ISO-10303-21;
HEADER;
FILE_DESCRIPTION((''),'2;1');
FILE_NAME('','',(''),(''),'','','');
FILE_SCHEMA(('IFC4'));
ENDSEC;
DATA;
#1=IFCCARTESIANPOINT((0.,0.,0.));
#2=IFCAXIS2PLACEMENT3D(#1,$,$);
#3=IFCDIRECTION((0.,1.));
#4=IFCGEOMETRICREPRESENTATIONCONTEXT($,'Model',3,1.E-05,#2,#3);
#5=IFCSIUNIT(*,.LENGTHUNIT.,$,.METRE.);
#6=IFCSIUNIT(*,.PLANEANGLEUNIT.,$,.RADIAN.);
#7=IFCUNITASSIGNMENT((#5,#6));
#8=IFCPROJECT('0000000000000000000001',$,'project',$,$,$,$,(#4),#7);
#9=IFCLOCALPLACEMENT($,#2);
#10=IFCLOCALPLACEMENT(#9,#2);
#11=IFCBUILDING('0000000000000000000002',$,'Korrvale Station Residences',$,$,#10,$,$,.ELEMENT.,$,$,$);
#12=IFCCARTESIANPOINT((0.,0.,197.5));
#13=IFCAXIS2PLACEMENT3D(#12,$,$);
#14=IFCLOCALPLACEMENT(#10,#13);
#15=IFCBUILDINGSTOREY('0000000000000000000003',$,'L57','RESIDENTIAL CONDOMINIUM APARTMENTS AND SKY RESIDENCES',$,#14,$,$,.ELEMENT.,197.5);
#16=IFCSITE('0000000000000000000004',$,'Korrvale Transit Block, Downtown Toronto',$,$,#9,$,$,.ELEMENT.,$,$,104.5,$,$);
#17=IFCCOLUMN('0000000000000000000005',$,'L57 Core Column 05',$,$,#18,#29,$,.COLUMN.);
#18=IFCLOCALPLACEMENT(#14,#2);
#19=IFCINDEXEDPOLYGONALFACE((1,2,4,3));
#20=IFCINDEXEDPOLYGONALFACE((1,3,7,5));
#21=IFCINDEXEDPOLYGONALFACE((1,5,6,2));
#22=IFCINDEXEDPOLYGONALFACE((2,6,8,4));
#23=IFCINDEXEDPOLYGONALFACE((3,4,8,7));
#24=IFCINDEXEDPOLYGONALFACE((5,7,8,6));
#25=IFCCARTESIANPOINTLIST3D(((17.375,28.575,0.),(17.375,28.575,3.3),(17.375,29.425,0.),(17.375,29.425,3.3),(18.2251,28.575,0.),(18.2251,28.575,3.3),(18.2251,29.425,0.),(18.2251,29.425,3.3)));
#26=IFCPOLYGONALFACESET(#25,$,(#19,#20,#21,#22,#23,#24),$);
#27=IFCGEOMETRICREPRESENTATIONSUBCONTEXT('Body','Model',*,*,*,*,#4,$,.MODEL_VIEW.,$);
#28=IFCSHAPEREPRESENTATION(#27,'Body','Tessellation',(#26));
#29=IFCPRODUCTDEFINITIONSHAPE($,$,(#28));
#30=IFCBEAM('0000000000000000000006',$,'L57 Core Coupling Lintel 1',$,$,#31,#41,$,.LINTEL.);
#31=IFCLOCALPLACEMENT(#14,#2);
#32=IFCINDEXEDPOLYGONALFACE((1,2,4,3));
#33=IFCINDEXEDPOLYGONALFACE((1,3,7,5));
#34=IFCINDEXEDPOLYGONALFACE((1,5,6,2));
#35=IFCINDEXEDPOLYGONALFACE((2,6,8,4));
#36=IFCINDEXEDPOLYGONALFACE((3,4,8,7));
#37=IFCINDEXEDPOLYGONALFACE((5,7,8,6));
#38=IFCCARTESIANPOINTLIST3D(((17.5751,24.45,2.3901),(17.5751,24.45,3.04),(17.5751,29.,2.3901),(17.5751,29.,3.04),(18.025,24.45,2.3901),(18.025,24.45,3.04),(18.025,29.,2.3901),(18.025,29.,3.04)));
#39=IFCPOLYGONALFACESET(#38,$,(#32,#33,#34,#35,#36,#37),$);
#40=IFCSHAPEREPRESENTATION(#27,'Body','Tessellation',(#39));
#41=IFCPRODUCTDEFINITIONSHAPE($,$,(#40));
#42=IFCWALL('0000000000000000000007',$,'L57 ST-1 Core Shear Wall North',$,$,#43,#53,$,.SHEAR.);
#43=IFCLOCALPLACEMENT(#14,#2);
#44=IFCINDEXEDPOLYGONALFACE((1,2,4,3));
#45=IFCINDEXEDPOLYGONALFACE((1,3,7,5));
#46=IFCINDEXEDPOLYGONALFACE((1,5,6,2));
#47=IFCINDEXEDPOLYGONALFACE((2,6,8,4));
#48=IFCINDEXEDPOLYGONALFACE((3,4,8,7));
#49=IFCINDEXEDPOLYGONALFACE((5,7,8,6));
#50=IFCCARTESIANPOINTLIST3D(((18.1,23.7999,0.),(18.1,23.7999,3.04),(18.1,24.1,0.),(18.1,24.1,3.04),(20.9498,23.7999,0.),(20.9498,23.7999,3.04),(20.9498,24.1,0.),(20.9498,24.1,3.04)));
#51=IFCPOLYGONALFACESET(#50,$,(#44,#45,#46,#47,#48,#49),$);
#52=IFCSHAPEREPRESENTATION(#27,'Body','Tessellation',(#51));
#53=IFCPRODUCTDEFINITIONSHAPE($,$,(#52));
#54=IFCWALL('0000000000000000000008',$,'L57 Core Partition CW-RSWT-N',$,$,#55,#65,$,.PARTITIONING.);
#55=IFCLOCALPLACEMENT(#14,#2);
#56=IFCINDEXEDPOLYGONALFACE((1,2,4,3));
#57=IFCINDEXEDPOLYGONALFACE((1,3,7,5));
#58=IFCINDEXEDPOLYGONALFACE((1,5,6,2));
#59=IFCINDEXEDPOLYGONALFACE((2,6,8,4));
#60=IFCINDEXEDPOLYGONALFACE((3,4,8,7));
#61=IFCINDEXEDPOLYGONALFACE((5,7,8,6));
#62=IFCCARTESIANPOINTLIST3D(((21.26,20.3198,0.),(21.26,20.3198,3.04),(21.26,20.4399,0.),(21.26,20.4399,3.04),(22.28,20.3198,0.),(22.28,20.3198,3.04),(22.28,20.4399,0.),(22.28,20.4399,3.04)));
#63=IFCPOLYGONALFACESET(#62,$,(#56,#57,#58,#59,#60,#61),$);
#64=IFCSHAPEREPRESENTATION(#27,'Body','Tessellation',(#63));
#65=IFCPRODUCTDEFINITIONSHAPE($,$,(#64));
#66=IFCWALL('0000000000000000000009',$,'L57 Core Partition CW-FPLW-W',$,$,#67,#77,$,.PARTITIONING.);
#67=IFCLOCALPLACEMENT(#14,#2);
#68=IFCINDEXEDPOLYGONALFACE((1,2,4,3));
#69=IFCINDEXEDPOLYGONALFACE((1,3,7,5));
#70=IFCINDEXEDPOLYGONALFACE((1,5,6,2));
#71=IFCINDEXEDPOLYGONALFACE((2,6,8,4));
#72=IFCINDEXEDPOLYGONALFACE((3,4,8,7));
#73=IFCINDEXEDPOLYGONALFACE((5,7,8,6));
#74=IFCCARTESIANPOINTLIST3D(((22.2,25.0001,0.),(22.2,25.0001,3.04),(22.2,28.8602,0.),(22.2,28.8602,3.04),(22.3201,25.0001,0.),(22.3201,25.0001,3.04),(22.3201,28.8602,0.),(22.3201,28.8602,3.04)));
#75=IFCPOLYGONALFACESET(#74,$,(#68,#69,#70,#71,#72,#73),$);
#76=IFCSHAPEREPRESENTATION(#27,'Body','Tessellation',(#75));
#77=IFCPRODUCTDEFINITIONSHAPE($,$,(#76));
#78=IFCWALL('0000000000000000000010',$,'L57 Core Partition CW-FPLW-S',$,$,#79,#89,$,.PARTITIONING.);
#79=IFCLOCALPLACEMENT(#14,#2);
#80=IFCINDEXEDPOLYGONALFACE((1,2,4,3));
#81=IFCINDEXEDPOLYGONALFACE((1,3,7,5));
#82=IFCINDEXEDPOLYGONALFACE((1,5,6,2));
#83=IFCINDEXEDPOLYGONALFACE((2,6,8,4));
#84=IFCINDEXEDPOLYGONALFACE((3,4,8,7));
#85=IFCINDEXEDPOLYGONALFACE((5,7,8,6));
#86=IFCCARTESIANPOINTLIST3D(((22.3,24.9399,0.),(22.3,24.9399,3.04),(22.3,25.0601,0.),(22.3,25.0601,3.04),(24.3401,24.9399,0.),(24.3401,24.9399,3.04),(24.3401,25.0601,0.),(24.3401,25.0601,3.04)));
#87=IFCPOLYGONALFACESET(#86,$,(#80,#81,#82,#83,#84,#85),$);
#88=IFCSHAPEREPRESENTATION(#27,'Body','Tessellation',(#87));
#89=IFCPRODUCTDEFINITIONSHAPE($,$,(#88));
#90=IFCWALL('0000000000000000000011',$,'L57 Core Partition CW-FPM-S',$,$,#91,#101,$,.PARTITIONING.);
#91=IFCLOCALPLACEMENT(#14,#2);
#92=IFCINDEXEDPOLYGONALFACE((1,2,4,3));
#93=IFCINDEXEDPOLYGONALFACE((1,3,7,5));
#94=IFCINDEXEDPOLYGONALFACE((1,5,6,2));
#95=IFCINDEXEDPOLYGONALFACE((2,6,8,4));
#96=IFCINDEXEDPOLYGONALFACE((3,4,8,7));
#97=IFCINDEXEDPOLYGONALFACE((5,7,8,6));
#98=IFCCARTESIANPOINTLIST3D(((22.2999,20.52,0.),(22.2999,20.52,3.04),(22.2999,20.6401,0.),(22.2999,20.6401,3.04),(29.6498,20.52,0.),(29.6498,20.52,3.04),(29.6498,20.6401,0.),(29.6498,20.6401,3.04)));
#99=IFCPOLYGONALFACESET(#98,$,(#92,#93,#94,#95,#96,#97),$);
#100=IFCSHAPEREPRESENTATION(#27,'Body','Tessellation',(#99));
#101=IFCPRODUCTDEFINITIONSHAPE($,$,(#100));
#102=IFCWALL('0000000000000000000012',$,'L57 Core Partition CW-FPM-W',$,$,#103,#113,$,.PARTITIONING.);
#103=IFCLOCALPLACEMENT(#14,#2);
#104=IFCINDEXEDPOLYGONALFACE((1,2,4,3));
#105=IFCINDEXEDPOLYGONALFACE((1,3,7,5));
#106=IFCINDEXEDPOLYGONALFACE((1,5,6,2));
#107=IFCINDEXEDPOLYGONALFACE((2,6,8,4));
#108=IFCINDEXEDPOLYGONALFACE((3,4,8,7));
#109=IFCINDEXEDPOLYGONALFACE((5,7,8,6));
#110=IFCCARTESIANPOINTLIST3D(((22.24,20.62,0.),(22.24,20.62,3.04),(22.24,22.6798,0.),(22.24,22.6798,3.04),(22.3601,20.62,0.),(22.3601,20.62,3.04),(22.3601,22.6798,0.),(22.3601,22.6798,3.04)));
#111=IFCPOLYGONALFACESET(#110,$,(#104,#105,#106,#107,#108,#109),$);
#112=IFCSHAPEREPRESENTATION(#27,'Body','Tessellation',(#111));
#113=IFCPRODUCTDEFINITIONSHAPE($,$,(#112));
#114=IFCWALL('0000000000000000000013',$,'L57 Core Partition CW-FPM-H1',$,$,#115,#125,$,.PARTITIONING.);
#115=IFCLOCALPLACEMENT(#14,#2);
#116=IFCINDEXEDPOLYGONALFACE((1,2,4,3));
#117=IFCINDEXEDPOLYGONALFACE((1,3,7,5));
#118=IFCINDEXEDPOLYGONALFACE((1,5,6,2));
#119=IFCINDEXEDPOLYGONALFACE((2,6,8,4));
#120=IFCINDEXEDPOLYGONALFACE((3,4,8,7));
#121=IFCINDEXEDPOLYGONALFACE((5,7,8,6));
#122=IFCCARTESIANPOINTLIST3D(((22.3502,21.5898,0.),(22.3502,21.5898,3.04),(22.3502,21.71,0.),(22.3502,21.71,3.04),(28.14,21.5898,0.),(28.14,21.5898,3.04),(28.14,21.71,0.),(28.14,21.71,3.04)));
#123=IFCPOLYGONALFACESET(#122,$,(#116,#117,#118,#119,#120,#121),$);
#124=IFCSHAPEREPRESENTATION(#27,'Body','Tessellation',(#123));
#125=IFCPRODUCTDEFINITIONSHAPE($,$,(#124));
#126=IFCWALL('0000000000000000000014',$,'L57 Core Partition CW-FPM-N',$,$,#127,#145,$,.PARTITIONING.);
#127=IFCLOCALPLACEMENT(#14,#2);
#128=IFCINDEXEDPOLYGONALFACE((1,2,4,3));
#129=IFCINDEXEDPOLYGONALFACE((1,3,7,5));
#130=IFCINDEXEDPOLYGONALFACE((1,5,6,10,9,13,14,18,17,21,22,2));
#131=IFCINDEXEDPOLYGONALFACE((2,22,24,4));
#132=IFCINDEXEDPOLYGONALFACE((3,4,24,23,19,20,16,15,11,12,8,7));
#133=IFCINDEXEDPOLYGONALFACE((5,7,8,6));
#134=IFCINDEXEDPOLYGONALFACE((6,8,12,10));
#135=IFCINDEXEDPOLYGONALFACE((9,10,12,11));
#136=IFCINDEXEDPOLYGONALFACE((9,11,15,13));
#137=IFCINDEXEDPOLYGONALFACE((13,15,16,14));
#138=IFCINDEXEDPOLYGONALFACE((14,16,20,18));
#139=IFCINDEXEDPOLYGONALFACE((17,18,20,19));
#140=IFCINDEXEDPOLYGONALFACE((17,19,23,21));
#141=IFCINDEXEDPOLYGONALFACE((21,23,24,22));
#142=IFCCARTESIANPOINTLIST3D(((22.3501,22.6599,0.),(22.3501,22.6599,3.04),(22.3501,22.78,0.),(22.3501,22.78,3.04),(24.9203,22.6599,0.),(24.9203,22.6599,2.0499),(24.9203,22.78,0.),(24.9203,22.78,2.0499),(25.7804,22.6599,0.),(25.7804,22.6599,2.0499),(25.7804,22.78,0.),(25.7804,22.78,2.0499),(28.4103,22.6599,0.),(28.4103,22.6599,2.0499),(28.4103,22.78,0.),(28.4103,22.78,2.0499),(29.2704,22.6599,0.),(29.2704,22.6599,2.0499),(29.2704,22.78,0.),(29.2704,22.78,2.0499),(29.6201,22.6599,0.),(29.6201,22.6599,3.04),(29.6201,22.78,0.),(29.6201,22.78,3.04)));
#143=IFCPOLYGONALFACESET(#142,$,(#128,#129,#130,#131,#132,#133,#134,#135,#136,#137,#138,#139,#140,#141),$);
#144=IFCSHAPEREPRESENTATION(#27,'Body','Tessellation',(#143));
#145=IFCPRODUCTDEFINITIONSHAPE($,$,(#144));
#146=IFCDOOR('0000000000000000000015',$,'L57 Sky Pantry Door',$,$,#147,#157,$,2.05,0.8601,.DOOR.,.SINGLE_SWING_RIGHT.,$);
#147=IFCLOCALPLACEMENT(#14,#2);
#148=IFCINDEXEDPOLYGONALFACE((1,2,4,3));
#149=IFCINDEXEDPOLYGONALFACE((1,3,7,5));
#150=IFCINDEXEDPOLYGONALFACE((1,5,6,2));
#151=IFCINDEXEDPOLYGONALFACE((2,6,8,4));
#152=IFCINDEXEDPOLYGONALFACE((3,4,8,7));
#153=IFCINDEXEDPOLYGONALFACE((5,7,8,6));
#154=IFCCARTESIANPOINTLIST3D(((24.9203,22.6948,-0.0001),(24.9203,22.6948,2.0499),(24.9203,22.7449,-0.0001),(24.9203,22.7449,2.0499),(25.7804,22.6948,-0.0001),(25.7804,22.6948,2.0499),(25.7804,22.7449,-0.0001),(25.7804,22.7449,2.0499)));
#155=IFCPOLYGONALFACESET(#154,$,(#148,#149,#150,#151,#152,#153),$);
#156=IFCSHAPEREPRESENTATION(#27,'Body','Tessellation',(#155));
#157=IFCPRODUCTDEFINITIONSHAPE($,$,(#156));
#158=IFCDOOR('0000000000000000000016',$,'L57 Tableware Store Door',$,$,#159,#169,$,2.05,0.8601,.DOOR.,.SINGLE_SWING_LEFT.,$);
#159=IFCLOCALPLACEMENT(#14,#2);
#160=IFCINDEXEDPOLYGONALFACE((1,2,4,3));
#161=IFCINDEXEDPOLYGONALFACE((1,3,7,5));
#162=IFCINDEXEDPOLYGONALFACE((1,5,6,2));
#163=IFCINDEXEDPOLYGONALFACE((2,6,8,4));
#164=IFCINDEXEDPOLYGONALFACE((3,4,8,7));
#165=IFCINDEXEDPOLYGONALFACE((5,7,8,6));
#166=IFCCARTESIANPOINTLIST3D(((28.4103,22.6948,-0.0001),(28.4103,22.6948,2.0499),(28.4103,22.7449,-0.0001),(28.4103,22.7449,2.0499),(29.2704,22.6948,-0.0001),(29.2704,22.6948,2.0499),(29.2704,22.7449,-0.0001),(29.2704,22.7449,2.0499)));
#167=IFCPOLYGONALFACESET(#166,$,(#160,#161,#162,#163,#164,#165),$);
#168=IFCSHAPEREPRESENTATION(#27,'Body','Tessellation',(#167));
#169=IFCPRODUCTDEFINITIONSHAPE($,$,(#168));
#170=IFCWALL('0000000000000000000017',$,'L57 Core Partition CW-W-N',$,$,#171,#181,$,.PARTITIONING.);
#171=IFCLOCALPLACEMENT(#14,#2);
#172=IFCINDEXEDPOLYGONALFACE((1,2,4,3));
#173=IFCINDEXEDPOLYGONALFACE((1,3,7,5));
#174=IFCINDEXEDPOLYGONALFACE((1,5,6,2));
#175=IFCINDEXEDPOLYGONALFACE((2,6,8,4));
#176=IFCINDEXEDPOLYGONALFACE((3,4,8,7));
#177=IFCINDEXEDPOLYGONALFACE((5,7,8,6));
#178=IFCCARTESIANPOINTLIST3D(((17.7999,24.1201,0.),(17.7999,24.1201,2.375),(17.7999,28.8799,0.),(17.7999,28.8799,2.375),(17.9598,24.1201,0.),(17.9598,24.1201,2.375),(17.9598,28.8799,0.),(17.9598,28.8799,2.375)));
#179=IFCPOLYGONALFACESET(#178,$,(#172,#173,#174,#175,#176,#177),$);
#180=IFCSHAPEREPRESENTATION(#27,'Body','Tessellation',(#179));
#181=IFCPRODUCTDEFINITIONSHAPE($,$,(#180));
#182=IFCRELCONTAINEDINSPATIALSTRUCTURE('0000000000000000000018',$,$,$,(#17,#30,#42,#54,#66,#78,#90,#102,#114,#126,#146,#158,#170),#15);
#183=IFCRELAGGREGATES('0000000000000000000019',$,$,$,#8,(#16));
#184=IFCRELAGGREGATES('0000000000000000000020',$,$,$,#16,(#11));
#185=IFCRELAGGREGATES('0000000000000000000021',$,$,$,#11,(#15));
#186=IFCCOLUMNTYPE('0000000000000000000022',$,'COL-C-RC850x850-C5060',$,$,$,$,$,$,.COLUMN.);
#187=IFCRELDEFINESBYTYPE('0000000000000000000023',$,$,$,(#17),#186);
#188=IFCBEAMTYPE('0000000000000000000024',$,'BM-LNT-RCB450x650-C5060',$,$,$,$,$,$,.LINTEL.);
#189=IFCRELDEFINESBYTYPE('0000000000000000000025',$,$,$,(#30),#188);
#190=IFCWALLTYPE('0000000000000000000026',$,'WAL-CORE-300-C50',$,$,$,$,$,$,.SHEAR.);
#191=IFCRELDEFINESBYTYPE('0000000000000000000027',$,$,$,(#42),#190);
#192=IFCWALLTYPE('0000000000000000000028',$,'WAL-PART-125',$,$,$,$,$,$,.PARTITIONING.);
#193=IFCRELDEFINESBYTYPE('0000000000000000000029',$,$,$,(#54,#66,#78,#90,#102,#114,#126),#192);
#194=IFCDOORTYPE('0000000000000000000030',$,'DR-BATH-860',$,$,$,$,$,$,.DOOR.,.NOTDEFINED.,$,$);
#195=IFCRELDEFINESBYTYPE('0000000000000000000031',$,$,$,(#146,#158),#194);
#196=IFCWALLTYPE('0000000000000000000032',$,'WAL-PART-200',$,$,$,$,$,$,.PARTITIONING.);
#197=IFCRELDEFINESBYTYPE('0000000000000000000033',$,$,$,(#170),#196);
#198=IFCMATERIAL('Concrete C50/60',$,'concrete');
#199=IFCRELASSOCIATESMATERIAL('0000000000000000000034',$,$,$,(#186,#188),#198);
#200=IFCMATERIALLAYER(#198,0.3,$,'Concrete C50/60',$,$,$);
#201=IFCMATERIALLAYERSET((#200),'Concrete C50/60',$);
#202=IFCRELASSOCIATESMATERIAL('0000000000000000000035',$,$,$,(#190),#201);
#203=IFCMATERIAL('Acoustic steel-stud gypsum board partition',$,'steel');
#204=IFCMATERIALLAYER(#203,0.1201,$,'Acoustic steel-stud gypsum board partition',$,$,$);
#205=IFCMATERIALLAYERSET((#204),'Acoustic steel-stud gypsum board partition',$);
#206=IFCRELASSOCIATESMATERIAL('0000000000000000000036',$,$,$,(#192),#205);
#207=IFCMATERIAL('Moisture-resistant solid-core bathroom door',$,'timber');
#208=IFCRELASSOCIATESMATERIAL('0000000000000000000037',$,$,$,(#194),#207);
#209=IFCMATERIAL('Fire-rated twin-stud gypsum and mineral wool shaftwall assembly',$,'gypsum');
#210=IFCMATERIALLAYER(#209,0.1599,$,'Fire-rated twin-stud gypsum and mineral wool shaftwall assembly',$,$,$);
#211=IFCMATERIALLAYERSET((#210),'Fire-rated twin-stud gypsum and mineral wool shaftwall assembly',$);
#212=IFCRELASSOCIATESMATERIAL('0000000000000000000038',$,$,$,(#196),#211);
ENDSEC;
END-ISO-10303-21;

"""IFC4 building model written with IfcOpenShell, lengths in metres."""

from ifc_helpers import new_model, si_unit, direction, frame, frame_2d, origin, origin_2d, place, context, subcontext, project, spatial, rectangle, extrude, material, layer, layer_set, material_profile, profile_set, type_object, element, fill, save


model = new_model("IFC4")

# Units and contexts
model_context = context("Model", 3, precision=1e-05, world=origin(), true_north=direction((0.0, 1.0)))
body_context = subcontext(model_context, "Body", "Model", "MODEL_VIEW")
ifc_project = project(units=[si_unit("LENGTHUNIT", "METRE"), si_unit("PLANEANGLEUNIT", "RADIAN")], contexts=[model_context])

# Site, building, storey
site_placement = place(None, origin())
site = spatial("IfcSite", under=ifc_project, at=site_placement, Name="Korrvale Transit Block, Downtown Toronto", CompositionType="ELEMENT", RefElevation=104.5)
building_placement = place(site_placement, origin())
building = spatial("IfcBuilding", under=site, at=building_placement, Name="Korrvale Station Residences", CompositionType="ELEMENT")
storey_placement = place(building_placement, frame((0.0, 0.0, 197.5)))
storey = spatial("IfcBuildingStorey", under=building, at=storey_placement, Name="L57", Description="RESIDENTIAL CONDOMINIUM APARTMENTS AND SKY RESIDENCES", CompositionType="ELEMENT", Elevation=197.5)

# Column
ifc_material_1 = material(Name="Concrete C50/60", Category="concrete")
ifc_material_profile_1 = material_profile(ifc_material_1, rectangle(XDim=0.8501, YDim=0.8501, at=origin_2d()), Name="RC850x850")
ifc_profile_set_1 = profile_set([ifc_material_profile_1], Name="Concrete C50/60")
column_type = type_object("IfcColumnType", Name="COL-C-RC850x850-C5060", PredefinedType="COLUMN", material=ifc_profile_set_1)
column_placement = place(storey_placement, frame((17.8, 29.0, 0.0), z_axis=(0.0, 0.0, 1.0), x_axis=(1.0, 0.0, 0.0)))
element("IfcColumn", 1, at=column_placement, inside=storey, type_object=column_type, Name="L57 Core Column 05", PredefinedType="COLUMN", context=body_context, shape_type="SweptSolid", body=[
    extrude(rectangle(XDim=0.8501, YDim=0.8501, at=origin_2d()), origin(), (0.0, 0.0, 1.0), 3.3),
])

# Beam
ifc_material_profile_2 = material_profile(ifc_material_1, rectangle(XDim=0.45, YDim=0.6499, at=origin_2d()), Name="RCB450x650")
ifc_profile_set_2 = profile_set([ifc_material_profile_2], Name="Concrete C50/60")
beam_type = type_object("IfcBeamType", Name="BM-LNT-RCB450x650-C5060", PredefinedType="LINTEL", material=ifc_profile_set_2)
beam_placement = place(storey_placement, frame((17.8, 24.45, 2.7151), z_axis=(0.0, 1.0, 0.0), x_axis=(-1.0, 0.0, 0.0)))
element("IfcBeam", 2, at=beam_placement, inside=storey, type_object=beam_type, Name="L57 Core Coupling Lintel 1", PredefinedType="LINTEL", context=body_context, shape_type="SweptSolid", body=[
    extrude(rectangle(XDim=0.45, YDim=0.6499, at=origin_2d()), origin(), (0.0, 0.0, 1.0), 4.55),
])

# Walls
ifc_layer_1 = layer(ifc_material_1, 0.3, Name="Concrete C50/60")
ifc_layer_set_1 = layer_set([ifc_layer_1], Name="Concrete C50/60")
wall_type_1 = type_object("IfcWallType", Name="WAL-CORE-300-C50", PredefinedType="SHEAR", material=ifc_layer_set_1)
wall_1_placement = place(storey_placement, frame((18.1001, 23.95, 0.0), z_axis=(0.0, 0.0, 1.0), x_axis=(1.0, 0.0, 0.0)))
element("IfcWall", 3, at=wall_1_placement, inside=storey, type_object=wall_type_1, Name="L57 ST-1 Core Shear Wall North", PredefinedType="SHEAR", context=body_context, shape_type="SweptSolid", body=[
    extrude(rectangle(XDim=2.8499, YDim=0.3, at=frame_2d((1.4248, 0.0))), origin(), (0.0, 0.0, 1.0), 3.04),
])
ifc_material_2 = material(Name="Acoustic steel-stud gypsum board partition", Category="steel")
ifc_layer_2 = layer(ifc_material_2, 0.1201, Name="Acoustic steel-stud gypsum board partition")
ifc_layer_set_2 = layer_set([ifc_layer_2], Name="Acoustic steel-stud gypsum board partition")
wall_type_2 = type_object("IfcWallType", Name="WAL-PART-125", PredefinedType="PARTITIONING", material=ifc_layer_set_2)
wall_2_placement = place(storey_placement, frame((22.28, 20.3799, 0.0), z_axis=(0.0, 0.0, 1.0), x_axis=(-1.0, 0.0, 0.0)))
element("IfcWall", 4, at=wall_2_placement, inside=storey, type_object=wall_type_2, Name="L57 Core Partition CW-RSWT-N", PredefinedType="PARTITIONING", context=body_context, shape_type="SweptSolid", body=[
    extrude(rectangle(XDim=1.02, YDim=0.1201, at=frame_2d((0.51, 0.0))), origin(), (0.0, 0.0, 1.0), 3.04),
])
wall_3_placement = place(storey_placement, frame((22.26, 25.0, 0.0), z_axis=(0.0, 0.0, 1.0), x_axis=(0.0, 1.0, 0.0)))
element("IfcWall", 5, at=wall_3_placement, inside=storey, type_object=wall_type_2, Name="L57 Core Partition CW-FPLW-W", PredefinedType="PARTITIONING", context=body_context, shape_type="SweptSolid", body=[
    extrude(rectangle(XDim=3.8601, YDim=0.1201, at=frame_2d((1.9302, 0.0))), origin(), (0.0, 0.0, 1.0), 3.04),
])
wall_4_placement = place(storey_placement, frame((22.3, 25.0, 0.0), z_axis=(0.0, 0.0, 1.0), x_axis=(1.0, 0.0, 0.0)))
element("IfcWall", 6, at=wall_4_placement, inside=storey, type_object=wall_type_2, Name="L57 Core Partition CW-FPLW-S", PredefinedType="PARTITIONING", context=body_context, shape_type="SweptSolid", body=[
    extrude(rectangle(XDim=2.04, YDim=0.1201, at=frame_2d((1.02, 0.0))), origin(), (0.0, 0.0, 1.0), 3.04),
])
wall_5_placement = place(storey_placement, frame((22.3, 20.5801, 0.0), z_axis=(0.0, 0.0, 1.0), x_axis=(1.0, 0.0, 0.0)))
element("IfcWall", 7, at=wall_5_placement, inside=storey, type_object=wall_type_2, Name="L57 Core Partition CW-FPM-S", PredefinedType="PARTITIONING", context=body_context, shape_type="SweptSolid", body=[
    extrude(rectangle(XDim=7.3499, YDim=0.1201, at=frame_2d((3.6748, 0.0))), origin(), (0.0, 0.0, 1.0), 3.04),
])
wall_6_placement = place(storey_placement, frame((22.3, 20.6201, 0.0), z_axis=(0.0, 0.0, 1.0), x_axis=(0.0, 1.0, 0.0)))
element("IfcWall", 8, at=wall_6_placement, inside=storey, type_object=wall_type_2, Name="L57 Core Partition CW-FPM-W", PredefinedType="PARTITIONING", context=body_context, shape_type="SweptSolid", body=[
    extrude(rectangle(XDim=2.0598, YDim=0.1201, at=frame_2d((1.0298, 0.0))), origin(), (0.0, 0.0, 1.0), 3.04),
])
wall_7_placement = place(storey_placement, frame((22.3501, 21.6499, 0.0), z_axis=(0.0, 0.0, 1.0), x_axis=(1.0, 0.0, 0.0)))
element("IfcWall", 9, at=wall_7_placement, inside=storey, type_object=wall_type_2, Name="L57 Core Partition CW-FPM-H1", PredefinedType="PARTITIONING", context=body_context, shape_type="SweptSolid", body=[
    extrude(rectangle(XDim=5.7898, YDim=0.1201, at=frame_2d((2.895, 0.0))), origin(), (0.0, 0.0, 1.0), 3.04),
])

# Wall, openings, doors
wall_8_placement = place(storey_placement, frame((22.3501, 22.72, 0.0), z_axis=(0.0, 0.0, 1.0), x_axis=(1.0, 0.0, 0.0)))
wall_8 = element("IfcWall", 10, at=wall_8_placement, inside=storey, type_object=wall_type_2, Name="L57 Core Partition CW-FPM-N", PredefinedType="PARTITIONING", context=body_context, shape_type="SweptSolid", body=[
    extrude(rectangle(XDim=7.27, YDim=0.1201, at=frame_2d((3.635, 0.0))), origin(), (0.0, 0.0, 1.0), 3.04),
])
opening_1_placement = place(wall_8_placement, frame((2.5701, 0.0, 0.0)))
opening_1 = element("IfcOpeningElement", 11, at=opening_1_placement, cuts=wall_8, PredefinedType="OPENING", context=body_context, shape_type="SweptSolid", body=[
    extrude(rectangle(XDim=0.8601, YDim=2.05, at=frame_2d((0.4302, 1.0249))), frame((0.0, 0.0701, 0.0), z_axis=(0.0, -1.0, 0.0), x_axis=(1.0, 0.0, 0.0)), (0.0, 0.0, 1.0), 0.1401),
])
opening_2_placement = place(wall_8_placement, frame((6.0601, 0.0, 0.0)))
opening_2 = element("IfcOpeningElement", 12, at=opening_2_placement, cuts=wall_8, PredefinedType="OPENING", context=body_context, shape_type="SweptSolid", body=[
    extrude(rectangle(XDim=0.8601, YDim=2.05, at=frame_2d((0.4302, 1.0249))), frame((0.0, 0.0701, 0.0), z_axis=(0.0, -1.0, 0.0), x_axis=(1.0, 0.0, 0.0)), (0.0, 0.0, 1.0), 0.1401),
])
ifc_material_3 = material(Name="Moisture-resistant solid-core bathroom door", Category="timber")
door_type_1 = type_object("IfcDoorType", Name="DR-BATH-860", OperationType="NOTDEFINED", PredefinedType="DOOR", material=ifc_material_3)
door_1_placement = place(opening_1_placement, origin())
door_1 = element("IfcDoor", 13, at=door_1_placement, inside=storey, type_object=door_type_1, Name="L57 Sky Pantry Door", OperationType="SINGLE_SWING_RIGHT", OverallHeight=2.05, OverallWidth=0.8601, PredefinedType="DOOR", context=body_context, shape_type="SweptSolid", body=[
    extrude(rectangle(XDim=0.8601, YDim=2.05, at=frame_2d((0.4302, 1.0249))), frame((0.0, 0.0249, 0.0), z_axis=(0.0, -1.0, 0.0), x_axis=(1.0, 0.0, 0.0)), (0.0, 0.0, 1.0), 0.05),
])
fill(opening_1, door_1)
door_2_placement = place(opening_2_placement, origin())
door_2 = element("IfcDoor", 14, at=door_2_placement, inside=storey, type_object=door_type_1, Name="L57 Tableware Store Door", OperationType="SINGLE_SWING_LEFT", OverallHeight=2.05, OverallWidth=0.8601, PredefinedType="DOOR", context=body_context, shape_type="SweptSolid", body=[
    extrude(rectangle(XDim=0.8601, YDim=2.05, at=frame_2d((0.4302, 1.0249))), frame((0.0, 0.0249, 0.0), z_axis=(0.0, -1.0, 0.0), x_axis=(1.0, 0.0, 0.0)), (0.0, 0.0, 1.0), 0.05),
])
fill(opening_2, door_2)

# Wall
ifc_material_4 = material(Name="Fire-rated twin-stud gypsum and mineral wool shaftwall assembly", Category="gypsum")
ifc_layer_3 = layer(ifc_material_4, 0.1599, Name="Fire-rated twin-stud gypsum and mineral wool shaftwall assembly")
ifc_layer_set_3 = layer_set([ifc_layer_3], Name="Fire-rated twin-stud gypsum and mineral wool shaftwall assembly")
wall_type_3 = type_object("IfcWallType", Name="WAL-PART-200", PredefinedType="PARTITIONING", material=ifc_layer_set_3)
wall_9_placement = place(storey_placement, frame((17.8799, 24.1201, 0.0), z_axis=(0.0, 0.0, 1.0), x_axis=(0.0, 1.0, 0.0)))
element("IfcWall", 15, at=wall_9_placement, inside=storey, type_object=wall_type_3, Name="L57 Core Partition CW-W-N", PredefinedType="PARTITIONING", context=body_context, shape_type="SweptSolid", body=[
    extrude(rectangle(XDim=4.7598, YDim=0.1599, at=frame_2d((2.3799, 0.0))), origin(), (0.0, 0.0, 1.0), 2.375),
])

save(model, "model.ifc")
